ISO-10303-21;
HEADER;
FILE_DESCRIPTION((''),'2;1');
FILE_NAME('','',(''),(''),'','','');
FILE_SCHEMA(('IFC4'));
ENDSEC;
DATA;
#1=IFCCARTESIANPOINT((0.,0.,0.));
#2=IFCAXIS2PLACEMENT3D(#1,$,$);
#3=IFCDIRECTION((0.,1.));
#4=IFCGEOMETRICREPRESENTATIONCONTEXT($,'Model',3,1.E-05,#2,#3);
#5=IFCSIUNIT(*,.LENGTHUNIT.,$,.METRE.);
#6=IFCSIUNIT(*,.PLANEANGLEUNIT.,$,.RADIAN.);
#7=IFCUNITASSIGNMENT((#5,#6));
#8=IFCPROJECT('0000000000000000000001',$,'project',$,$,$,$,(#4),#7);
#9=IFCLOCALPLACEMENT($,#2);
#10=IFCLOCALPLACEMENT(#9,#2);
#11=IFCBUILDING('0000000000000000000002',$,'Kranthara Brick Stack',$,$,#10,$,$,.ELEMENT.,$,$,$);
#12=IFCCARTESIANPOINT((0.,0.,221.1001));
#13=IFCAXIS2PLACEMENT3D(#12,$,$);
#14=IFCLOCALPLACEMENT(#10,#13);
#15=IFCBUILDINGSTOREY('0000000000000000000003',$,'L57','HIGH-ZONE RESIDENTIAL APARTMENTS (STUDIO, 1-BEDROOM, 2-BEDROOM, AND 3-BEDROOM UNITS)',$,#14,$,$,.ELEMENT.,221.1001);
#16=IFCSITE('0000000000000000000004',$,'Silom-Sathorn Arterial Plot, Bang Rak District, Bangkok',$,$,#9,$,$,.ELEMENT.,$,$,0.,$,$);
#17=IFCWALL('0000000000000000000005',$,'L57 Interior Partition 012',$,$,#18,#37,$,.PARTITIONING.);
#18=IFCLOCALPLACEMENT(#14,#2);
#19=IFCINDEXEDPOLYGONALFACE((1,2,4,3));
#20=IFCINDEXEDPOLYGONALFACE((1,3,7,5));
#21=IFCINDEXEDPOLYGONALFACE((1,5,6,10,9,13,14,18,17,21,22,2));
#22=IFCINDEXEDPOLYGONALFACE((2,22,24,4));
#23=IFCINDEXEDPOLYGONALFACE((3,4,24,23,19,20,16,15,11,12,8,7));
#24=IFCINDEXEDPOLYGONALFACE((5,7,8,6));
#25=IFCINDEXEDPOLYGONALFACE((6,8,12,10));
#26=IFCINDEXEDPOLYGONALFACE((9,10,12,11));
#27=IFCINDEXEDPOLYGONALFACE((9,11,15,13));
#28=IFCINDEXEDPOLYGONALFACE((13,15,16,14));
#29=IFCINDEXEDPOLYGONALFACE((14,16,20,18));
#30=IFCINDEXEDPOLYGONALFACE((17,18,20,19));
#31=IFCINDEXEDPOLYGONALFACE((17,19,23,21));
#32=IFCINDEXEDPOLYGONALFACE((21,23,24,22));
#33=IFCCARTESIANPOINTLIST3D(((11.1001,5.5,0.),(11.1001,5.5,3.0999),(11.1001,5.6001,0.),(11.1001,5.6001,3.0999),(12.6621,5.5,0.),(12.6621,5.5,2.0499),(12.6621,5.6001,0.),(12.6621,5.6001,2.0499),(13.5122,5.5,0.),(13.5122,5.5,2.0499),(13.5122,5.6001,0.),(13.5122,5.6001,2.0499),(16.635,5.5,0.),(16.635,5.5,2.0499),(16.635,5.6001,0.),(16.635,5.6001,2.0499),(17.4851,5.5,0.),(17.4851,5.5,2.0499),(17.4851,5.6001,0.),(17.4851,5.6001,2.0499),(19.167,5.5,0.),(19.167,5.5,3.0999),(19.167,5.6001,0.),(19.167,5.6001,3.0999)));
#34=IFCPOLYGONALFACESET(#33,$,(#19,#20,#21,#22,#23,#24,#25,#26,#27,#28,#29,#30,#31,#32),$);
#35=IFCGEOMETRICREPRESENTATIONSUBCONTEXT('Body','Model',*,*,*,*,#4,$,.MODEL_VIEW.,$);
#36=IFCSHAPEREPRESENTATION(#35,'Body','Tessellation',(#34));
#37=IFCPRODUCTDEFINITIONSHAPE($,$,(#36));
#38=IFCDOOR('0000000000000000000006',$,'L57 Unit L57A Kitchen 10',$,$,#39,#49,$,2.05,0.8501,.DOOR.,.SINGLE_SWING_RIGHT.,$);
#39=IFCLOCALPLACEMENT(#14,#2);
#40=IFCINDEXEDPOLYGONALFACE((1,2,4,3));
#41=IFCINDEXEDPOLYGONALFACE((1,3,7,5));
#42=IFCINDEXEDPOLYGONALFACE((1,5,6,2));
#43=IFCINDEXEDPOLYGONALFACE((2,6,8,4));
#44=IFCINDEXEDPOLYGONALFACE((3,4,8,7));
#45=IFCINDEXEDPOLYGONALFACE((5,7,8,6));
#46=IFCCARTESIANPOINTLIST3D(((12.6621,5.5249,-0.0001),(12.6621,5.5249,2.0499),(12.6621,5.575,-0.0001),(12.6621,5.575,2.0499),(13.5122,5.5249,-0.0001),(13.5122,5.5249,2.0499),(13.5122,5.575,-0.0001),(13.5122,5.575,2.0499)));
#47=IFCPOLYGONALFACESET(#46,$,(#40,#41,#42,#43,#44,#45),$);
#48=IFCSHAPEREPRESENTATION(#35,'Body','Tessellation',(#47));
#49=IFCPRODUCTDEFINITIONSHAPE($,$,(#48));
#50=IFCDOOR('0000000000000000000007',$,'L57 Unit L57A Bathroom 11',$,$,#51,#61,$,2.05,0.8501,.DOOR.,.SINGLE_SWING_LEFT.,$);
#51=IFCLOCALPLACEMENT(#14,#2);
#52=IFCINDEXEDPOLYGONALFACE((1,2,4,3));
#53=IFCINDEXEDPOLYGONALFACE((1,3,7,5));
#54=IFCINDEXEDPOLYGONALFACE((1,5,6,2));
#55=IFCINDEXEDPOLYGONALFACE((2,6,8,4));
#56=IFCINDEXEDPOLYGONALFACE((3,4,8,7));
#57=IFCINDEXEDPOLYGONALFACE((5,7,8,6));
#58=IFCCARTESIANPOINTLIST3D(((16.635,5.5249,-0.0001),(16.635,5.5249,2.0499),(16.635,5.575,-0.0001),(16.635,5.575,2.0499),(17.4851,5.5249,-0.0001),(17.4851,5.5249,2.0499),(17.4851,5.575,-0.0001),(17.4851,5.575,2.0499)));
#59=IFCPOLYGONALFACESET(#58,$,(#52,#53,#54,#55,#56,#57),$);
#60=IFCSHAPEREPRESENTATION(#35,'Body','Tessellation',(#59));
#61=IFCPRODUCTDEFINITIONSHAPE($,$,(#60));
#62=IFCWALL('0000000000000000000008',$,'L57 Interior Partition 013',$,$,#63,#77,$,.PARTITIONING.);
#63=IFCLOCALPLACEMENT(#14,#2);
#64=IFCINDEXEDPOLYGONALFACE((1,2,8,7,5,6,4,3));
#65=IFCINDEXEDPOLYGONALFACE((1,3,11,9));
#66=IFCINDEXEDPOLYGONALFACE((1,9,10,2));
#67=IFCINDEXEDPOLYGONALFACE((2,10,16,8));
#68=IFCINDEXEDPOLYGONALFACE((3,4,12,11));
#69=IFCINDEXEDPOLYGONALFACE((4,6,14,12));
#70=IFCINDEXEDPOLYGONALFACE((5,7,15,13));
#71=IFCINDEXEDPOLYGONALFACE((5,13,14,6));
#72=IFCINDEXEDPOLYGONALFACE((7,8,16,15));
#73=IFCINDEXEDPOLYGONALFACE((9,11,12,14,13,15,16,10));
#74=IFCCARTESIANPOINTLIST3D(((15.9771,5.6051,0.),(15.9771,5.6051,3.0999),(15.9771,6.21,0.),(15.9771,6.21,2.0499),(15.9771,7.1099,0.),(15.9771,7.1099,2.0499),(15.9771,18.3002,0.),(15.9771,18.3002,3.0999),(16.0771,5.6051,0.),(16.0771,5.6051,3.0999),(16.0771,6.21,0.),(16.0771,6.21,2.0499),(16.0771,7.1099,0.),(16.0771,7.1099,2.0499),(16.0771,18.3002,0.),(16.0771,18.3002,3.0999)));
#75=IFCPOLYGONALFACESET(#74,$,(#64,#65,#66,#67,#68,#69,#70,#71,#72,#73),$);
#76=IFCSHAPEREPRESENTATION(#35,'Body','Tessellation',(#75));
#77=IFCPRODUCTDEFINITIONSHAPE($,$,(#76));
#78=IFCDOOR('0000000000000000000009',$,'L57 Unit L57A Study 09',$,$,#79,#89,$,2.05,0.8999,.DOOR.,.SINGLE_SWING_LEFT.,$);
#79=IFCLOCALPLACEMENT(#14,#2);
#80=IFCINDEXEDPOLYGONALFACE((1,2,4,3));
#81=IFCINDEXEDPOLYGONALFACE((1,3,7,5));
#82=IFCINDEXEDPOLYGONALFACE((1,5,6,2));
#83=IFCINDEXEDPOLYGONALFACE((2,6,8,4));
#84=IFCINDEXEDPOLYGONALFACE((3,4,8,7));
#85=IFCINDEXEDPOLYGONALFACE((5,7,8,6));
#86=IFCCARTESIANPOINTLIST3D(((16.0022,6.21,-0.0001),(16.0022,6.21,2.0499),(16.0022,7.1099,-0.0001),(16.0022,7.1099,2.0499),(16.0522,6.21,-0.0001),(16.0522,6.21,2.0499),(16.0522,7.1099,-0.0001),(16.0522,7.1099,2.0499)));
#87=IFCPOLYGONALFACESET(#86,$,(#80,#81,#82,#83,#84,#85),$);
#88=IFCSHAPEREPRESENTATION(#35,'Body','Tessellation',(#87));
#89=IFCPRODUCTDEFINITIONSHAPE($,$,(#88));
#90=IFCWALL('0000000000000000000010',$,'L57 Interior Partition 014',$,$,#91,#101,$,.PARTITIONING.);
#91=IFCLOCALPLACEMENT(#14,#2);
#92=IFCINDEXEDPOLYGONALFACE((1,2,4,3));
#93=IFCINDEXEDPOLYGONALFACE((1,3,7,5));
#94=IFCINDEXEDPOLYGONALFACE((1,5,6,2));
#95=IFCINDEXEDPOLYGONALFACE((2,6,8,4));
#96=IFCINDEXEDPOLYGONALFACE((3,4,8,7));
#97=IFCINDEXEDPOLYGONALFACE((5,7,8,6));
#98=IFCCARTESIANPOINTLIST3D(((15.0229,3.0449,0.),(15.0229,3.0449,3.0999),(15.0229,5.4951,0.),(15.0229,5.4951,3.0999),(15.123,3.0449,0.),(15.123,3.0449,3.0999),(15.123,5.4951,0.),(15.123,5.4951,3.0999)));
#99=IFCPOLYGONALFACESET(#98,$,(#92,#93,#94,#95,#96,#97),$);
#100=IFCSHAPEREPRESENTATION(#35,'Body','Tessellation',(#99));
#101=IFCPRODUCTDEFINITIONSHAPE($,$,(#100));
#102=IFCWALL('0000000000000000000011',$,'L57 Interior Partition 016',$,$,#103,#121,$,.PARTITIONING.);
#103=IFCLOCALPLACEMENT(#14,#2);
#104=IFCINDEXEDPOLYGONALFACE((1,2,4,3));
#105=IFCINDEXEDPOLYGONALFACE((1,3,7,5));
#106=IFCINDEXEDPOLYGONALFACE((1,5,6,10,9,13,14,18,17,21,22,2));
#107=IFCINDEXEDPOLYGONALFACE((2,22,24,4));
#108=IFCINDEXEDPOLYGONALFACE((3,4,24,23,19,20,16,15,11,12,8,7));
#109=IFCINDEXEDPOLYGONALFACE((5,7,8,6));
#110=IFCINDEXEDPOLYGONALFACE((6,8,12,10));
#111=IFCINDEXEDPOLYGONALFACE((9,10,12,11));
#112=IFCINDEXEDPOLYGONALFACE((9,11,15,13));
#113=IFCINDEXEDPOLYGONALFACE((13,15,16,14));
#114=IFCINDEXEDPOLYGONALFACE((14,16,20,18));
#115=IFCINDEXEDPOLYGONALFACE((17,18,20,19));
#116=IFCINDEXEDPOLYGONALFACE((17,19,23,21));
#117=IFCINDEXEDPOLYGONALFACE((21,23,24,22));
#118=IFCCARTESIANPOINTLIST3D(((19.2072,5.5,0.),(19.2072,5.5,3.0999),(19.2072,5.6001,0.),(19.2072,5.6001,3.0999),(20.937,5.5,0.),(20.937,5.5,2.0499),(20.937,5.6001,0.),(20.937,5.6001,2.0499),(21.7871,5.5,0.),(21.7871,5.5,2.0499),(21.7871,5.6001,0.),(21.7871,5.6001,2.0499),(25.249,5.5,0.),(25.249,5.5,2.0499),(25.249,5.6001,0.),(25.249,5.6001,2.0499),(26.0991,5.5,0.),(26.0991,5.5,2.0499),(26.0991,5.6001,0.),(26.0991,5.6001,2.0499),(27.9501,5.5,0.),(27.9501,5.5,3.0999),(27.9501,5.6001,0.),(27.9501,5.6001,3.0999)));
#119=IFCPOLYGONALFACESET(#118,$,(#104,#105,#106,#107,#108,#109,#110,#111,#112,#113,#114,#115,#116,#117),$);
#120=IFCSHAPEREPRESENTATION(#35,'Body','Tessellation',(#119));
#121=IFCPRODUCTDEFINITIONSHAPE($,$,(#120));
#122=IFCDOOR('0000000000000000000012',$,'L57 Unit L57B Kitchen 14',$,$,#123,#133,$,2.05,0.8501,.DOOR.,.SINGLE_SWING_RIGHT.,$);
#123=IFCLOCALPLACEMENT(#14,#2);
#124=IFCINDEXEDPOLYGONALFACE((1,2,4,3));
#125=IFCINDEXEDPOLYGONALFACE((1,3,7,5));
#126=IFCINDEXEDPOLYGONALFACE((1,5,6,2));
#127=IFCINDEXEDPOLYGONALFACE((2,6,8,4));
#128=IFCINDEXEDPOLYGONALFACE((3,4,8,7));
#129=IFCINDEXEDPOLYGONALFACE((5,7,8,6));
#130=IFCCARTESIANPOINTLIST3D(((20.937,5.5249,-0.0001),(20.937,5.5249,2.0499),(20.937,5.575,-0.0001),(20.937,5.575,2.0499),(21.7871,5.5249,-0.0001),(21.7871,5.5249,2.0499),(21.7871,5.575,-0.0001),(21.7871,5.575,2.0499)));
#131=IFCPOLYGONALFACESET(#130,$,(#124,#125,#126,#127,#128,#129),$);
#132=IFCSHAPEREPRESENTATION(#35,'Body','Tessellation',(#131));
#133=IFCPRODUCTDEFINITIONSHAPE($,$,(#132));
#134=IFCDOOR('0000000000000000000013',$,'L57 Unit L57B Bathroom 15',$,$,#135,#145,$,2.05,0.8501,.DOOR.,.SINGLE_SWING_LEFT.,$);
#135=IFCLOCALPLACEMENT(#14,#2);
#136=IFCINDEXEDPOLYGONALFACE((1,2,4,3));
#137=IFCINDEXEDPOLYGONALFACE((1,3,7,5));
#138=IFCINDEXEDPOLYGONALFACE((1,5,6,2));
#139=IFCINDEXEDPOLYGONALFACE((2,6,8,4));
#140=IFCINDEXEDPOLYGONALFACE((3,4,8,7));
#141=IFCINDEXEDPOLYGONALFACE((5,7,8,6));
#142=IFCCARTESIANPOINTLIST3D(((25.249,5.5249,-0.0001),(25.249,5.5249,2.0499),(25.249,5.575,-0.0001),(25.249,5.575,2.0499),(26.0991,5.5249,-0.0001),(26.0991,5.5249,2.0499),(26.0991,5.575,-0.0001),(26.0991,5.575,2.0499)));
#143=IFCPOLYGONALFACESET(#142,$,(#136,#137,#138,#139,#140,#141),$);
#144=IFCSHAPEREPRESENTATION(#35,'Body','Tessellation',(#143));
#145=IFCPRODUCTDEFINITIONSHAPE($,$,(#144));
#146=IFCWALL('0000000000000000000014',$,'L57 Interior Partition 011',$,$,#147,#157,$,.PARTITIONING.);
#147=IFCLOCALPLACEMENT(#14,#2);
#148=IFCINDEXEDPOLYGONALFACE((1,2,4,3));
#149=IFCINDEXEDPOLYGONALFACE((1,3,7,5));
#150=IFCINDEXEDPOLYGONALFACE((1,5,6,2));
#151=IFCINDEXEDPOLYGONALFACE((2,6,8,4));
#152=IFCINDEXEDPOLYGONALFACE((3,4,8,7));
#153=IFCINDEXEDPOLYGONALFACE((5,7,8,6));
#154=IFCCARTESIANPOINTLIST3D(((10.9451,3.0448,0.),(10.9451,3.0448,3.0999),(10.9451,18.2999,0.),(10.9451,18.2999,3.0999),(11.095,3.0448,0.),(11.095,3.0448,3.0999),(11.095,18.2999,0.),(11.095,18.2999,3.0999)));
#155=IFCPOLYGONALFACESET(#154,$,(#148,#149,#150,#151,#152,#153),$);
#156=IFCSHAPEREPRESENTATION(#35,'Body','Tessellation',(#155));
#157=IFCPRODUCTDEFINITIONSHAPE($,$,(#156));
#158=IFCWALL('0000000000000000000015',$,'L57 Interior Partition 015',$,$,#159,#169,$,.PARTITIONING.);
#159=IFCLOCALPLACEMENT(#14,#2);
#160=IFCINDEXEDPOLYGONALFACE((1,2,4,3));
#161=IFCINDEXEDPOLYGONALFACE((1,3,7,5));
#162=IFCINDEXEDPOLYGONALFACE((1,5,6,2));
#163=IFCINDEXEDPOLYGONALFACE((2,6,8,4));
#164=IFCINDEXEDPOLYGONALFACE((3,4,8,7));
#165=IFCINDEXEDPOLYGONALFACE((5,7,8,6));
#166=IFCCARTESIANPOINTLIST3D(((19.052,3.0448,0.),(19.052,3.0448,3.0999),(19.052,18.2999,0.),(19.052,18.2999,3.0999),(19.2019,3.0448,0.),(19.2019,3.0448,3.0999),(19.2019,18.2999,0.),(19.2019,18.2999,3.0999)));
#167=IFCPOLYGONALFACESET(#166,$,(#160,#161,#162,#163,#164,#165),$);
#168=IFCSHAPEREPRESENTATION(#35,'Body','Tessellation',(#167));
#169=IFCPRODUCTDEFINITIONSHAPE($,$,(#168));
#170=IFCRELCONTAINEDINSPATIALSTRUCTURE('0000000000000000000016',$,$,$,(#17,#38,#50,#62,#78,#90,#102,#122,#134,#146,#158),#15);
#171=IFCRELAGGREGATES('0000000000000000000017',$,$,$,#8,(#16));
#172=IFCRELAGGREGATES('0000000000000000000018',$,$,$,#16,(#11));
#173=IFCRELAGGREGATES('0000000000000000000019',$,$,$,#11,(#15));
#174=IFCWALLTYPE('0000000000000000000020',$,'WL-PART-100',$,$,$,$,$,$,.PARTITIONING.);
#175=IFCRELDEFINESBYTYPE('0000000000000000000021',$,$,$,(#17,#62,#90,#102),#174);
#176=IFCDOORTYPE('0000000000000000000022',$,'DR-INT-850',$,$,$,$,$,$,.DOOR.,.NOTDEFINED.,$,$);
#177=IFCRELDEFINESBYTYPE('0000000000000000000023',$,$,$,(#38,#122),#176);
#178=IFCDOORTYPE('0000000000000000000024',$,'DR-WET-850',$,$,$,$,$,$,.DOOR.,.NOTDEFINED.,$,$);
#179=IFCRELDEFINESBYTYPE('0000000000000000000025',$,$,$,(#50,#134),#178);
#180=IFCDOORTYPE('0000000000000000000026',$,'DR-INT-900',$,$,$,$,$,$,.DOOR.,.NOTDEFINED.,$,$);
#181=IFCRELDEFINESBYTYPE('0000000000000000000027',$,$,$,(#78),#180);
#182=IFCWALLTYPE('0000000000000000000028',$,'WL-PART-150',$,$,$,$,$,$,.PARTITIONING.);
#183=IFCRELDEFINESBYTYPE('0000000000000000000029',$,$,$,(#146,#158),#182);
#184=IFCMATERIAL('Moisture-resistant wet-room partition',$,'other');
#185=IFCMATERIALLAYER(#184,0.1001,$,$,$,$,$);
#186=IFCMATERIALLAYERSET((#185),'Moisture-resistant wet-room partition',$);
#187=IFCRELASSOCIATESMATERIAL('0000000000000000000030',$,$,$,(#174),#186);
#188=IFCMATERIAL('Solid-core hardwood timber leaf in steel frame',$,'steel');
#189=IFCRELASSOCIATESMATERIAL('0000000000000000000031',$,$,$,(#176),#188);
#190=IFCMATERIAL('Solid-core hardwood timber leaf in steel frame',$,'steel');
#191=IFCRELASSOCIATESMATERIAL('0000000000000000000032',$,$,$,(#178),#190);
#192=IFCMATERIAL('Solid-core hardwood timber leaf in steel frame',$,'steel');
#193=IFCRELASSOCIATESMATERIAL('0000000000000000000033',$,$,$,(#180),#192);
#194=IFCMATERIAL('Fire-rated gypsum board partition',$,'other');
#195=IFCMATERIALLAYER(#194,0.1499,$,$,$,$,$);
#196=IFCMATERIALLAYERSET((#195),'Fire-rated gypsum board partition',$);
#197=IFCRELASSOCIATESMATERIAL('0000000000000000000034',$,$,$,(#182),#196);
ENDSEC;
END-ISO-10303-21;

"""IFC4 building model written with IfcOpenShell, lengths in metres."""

from ifc_helpers import new_model, si_unit, direction, frame, frame_2d, origin, place, context, subcontext, project, spatial, rectangle, extrude, material, layer, layer_set, type_object, element, fill, save


model = new_model("IFC4")

# Units and contexts
model_context = context("Model", 3, precision=1e-05, world=origin(), true_north=direction((0.0, 1.0)))
body_context = subcontext(model_context, "Body", "Model", "MODEL_VIEW")
ifc_project = project(units=[si_unit("LENGTHUNIT", "METRE"), si_unit("PLANEANGLEUNIT", "RADIAN")], contexts=[model_context])

# Site, building, storey
site_placement = place(None, origin())
site = spatial("IfcSite", under=ifc_project, at=site_placement, Name="Silom-Sathorn Arterial Plot, Bang Rak District, Bangkok", CompositionType="ELEMENT", RefElevation=0.0)
building_placement = place(site_placement, origin())
building = spatial("IfcBuilding", under=site, at=building_placement, Name="Kranthara Brick Stack", CompositionType="ELEMENT")
storey_placement = place(building_placement, frame((0.0, 0.0, 221.1001)))
storey = spatial("IfcBuildingStorey", under=building, at=storey_placement, Name="L57", Description="HIGH-ZONE RESIDENTIAL APARTMENTS (STUDIO, 1-BEDROOM, 2-BEDROOM, AND 3-BEDROOM UNITS)", CompositionType="ELEMENT", Elevation=221.1001)

# Wall, openings, doors
ifc_material_1 = material(Name="Moisture-resistant wet-room partition", Category="other")
ifc_layer_1 = layer(ifc_material_1, 0.1001)
ifc_layer_set_1 = layer_set([ifc_layer_1], Name="Moisture-resistant wet-room partition")
wall_type_1 = type_object("IfcWallType", Name="WL-PART-100", PredefinedType="PARTITIONING", material=ifc_layer_set_1)
wall_1_placement = place(storey_placement, frame((11.1001, 5.55, 0.0), z_axis=(0.0, 0.0, 1.0), x_axis=(1.0, 0.0, 0.0)))
wall_1 = element("IfcWall", 1, at=wall_1_placement, inside=storey, type_object=wall_type_1, Name="L57 Interior Partition 012", PredefinedType="PARTITIONING", context=body_context, shape_type="SweptSolid", body=[
    extrude(rectangle(XDim=8.0669, YDim=0.1001, at=frame_2d((4.0334, 0.0))), origin(), (0.0, 0.0, 1.0), 3.0999),
])
opening_1_placement = place(wall_1_placement, frame((1.562, 0.0, 0.0)))
opening_1 = element("IfcOpeningElement", 2, at=opening_1_placement, cuts=wall_1, PredefinedType="OPENING", context=body_context, shape_type="SweptSolid", body=[
    extrude(rectangle(XDim=0.8501, YDim=2.05, at=frame_2d((0.425, 1.0249))), frame((0.0, 0.0601, 0.0), z_axis=(0.0, -1.0, 0.0), x_axis=(1.0, 0.0, 0.0)), (0.0, 0.0, 1.0), 0.1201),
])
opening_2_placement = place(wall_1_placement, frame((5.5349, 0.0, 0.0)))
opening_2 = element("IfcOpeningElement", 3, at=opening_2_placement, cuts=wall_1, PredefinedType="OPENING", context=body_context, shape_type="SweptSolid", body=[
    extrude(rectangle(XDim=0.8501, YDim=2.05, at=frame_2d((0.425, 1.0249))), frame((0.0, 0.0601, 0.0), z_axis=(0.0, -1.0, 0.0), x_axis=(1.0, 0.0, 0.0)), (0.0, 0.0, 1.0), 0.1201),
])
ifc_material_2 = material(Name="Solid-core hardwood timber leaf in steel frame", Category="steel")
door_type_1 = type_object("IfcDoorType", Name="DR-INT-850", OperationType="NOTDEFINED", PredefinedType="DOOR", material=ifc_material_2)
door_1_placement = place(opening_1_placement, origin())
door_1 = element("IfcDoor", 4, at=door_1_placement, inside=storey, type_object=door_type_1, Name="L57 Unit L57A Kitchen 10", OperationType="SINGLE_SWING_RIGHT", OverallHeight=2.05, OverallWidth=0.8501, PredefinedType="DOOR", context=body_context, shape_type="SweptSolid", body=[
    extrude(rectangle(XDim=0.8501, YDim=2.05, at=frame_2d((0.425, 1.0249))), frame((0.0, 0.0249, 0.0), z_axis=(0.0, -1.0, 0.0), x_axis=(1.0, 0.0, 0.0)), (0.0, 0.0, 1.0), 0.05),
])
fill(opening_1, door_1)
ifc_material_3 = material(Name="Solid-core hardwood timber leaf in steel frame", Category="steel")
door_type_2 = type_object("IfcDoorType", Name="DR-WET-850", OperationType="NOTDEFINED", PredefinedType="DOOR", material=ifc_material_3)
door_2_placement = place(opening_2_placement, origin())
door_2 = element("IfcDoor", 5, at=door_2_placement, inside=storey, type_object=door_type_2, Name="L57 Unit L57A Bathroom 11", OperationType="SINGLE_SWING_LEFT", OverallHeight=2.05, OverallWidth=0.8501, PredefinedType="DOOR", context=body_context, shape_type="SweptSolid", body=[
    extrude(rectangle(XDim=0.8501, YDim=2.05, at=frame_2d((0.425, 1.0249))), frame((0.0, 0.0249, 0.0), z_axis=(0.0, -1.0, 0.0), x_axis=(1.0, 0.0, 0.0)), (0.0, 0.0, 1.0), 0.05),
])
fill(opening_2, door_2)

# Wall, opening, door
wall_2_placement = place(storey_placement, frame((16.0271, 5.605, 0.0), z_axis=(0.0, 0.0, 1.0), x_axis=(0.0, 1.0, 0.0)))
wall_2 = element("IfcWall", 6, at=wall_2_placement, inside=storey, type_object=wall_type_1, Name="L57 Interior Partition 013", PredefinedType="PARTITIONING", context=body_context, shape_type="SweptSolid", body=[
    extrude(rectangle(XDim=12.6951, YDim=0.1001, at=frame_2d((6.3477, 0.0))), origin(), (0.0, 0.0, 1.0), 3.0999),
])
opening_3_placement = place(wall_2_placement, frame((0.605, 0.0, 0.0)))
opening_3 = element("IfcOpeningElement", 7, at=opening_3_placement, cuts=wall_2, PredefinedType="OPENING", context=body_context, shape_type="SweptSolid", body=[
    extrude(rectangle(XDim=0.8999, YDim=2.05, at=frame_2d((0.45, 1.0249))), frame((0.0, 0.0601, 0.0), z_axis=(0.0, -1.0, 0.0), x_axis=(1.0, 0.0, 0.0)), (0.0, 0.0, 1.0), 0.1201),
])
ifc_material_4 = material(Name="Solid-core hardwood timber leaf in steel frame", Category="steel")
door_type_3 = type_object("IfcDoorType", Name="DR-INT-900", OperationType="NOTDEFINED", PredefinedType="DOOR", material=ifc_material_4)
door_3_placement = place(opening_3_placement, origin())
door_3 = element("IfcDoor", 8, at=door_3_placement, inside=storey, type_object=door_type_3, Name="L57 Unit L57A Study 09", OperationType="SINGLE_SWING_LEFT", OverallHeight=2.05, OverallWidth=0.8999, PredefinedType="DOOR", context=body_context, shape_type="SweptSolid", body=[
    extrude(rectangle(XDim=0.8999, YDim=2.05, at=frame_2d((0.45, 1.0249))), frame((0.0, 0.0249, 0.0), z_axis=(0.0, -1.0, 0.0), x_axis=(1.0, 0.0, 0.0)), (0.0, 0.0, 1.0), 0.05),
])
fill(opening_3, door_3)

# Wall
wall_3_placement = place(storey_placement, frame((15.073, 3.0449, 0.0), z_axis=(0.0, 0.0, 1.0), x_axis=(0.0, 1.0, 0.0)))
element("IfcWall", 9, at=wall_3_placement, inside=storey, type_object=wall_type_1, Name="L57 Interior Partition 014", PredefinedType="PARTITIONING", context=body_context, shape_type="SweptSolid", body=[
    extrude(rectangle(XDim=2.4502, YDim=0.1001, at=frame_2d((1.2251, 0.0))), origin(), (0.0, 0.0, 1.0), 3.0999),
])

# Wall, openings, doors
wall_4_placement = place(storey_placement, frame((19.207, 5.55, 0.0), z_axis=(0.0, 0.0, 1.0), x_axis=(1.0, 0.0, 0.0)))
wall_4 = element("IfcWall", 10, at=wall_4_placement, inside=storey, type_object=wall_type_1, Name="L57 Interior Partition 016", PredefinedType="PARTITIONING", context=body_context, shape_type="SweptSolid", body=[
    extrude(rectangle(XDim=8.7429, YDim=0.1001, at=frame_2d((4.3716, 0.0))), origin(), (0.0, 0.0, 1.0), 3.0999),
])
opening_4_placement = place(wall_4_placement, frame((1.73, 0.0, 0.0)))
opening_4 = element("IfcOpeningElement", 11, at=opening_4_placement, cuts=wall_4, PredefinedType="OPENING", context=body_context, shape_type="SweptSolid", body=[
    extrude(rectangle(XDim=0.8501, YDim=2.05, at=frame_2d((0.425, 1.0249))), frame((0.0, 0.0601, 0.0), z_axis=(0.0, -1.0, 0.0), x_axis=(1.0, 0.0, 0.0)), (0.0, 0.0, 1.0), 0.1201),
])
opening_5_placement = place(wall_4_placement, frame((6.042, 0.0, 0.0)))
opening_5 = element("IfcOpeningElement", 12, at=opening_5_placement, cuts=wall_4, PredefinedType="OPENING", context=body_context, shape_type="SweptSolid", body=[
    extrude(rectangle(XDim=0.8501, YDim=2.05, at=frame_2d((0.425, 1.0249))), frame((0.0, 0.0601, 0.0), z_axis=(0.0, -1.0, 0.0), x_axis=(1.0, 0.0, 0.0)), (0.0, 0.0, 1.0), 0.1201),
])
door_4_placement = place(opening_4_placement, origin())
door_4 = element("IfcDoor", 13, at=door_4_placement, inside=storey, type_object=door_type_1, Name="L57 Unit L57B Kitchen 14", OperationType="SINGLE_SWING_RIGHT", OverallHeight=2.05, OverallWidth=0.8501, PredefinedType="DOOR", context=body_context, shape_type="SweptSolid", body=[
    extrude(rectangle(XDim=0.8501, YDim=2.05, at=frame_2d((0.425, 1.0249))), frame((0.0, 0.0249, 0.0), z_axis=(0.0, -1.0, 0.0), x_axis=(1.0, 0.0, 0.0)), (0.0, 0.0, 1.0), 0.05),
])
fill(opening_4, door_4)
door_5_placement = place(opening_5_placement, origin())
door_5 = element("IfcDoor", 14, at=door_5_placement, inside=storey, type_object=door_type_2, Name="L57 Unit L57B Bathroom 15", OperationType="SINGLE_SWING_LEFT", OverallHeight=2.05, OverallWidth=0.8501, PredefinedType="DOOR", context=body_context, shape_type="SweptSolid", body=[
    extrude(rectangle(XDim=0.8501, YDim=2.05, at=frame_2d((0.425, 1.0249))), frame((0.0, 0.0249, 0.0), z_axis=(0.0, -1.0, 0.0), x_axis=(1.0, 0.0, 0.0)), (0.0, 0.0, 1.0), 0.05),
])
fill(opening_5, door_5)

# Walls
ifc_material_5 = material(Name="Fire-rated gypsum board partition", Category="other")
ifc_layer_2 = layer(ifc_material_5, 0.1499)
ifc_layer_set_2 = layer_set([ifc_layer_2], Name="Fire-rated gypsum board partition")
wall_type_2 = type_object("IfcWallType", Name="WL-PART-150", PredefinedType="PARTITIONING", material=ifc_layer_set_2)
for number, where, z_axis, x_axis, name in (
    (15, (11.02, 3.0449, 0.0), (0.0, 0.0, 1.0), (0.0, 1.0, 0.0), "L57 Interior Partition 011"),
    (16, (19.127, 3.0449, 0.0), (0.0, 0.0, 1.0), (0.0, 1.0, 0.0), "L57 Interior Partition 015"),
):
    element("IfcWall", number, at=place(storey_placement, frame(where, z_axis=z_axis, x_axis=x_axis)), inside=storey, type_object=wall_type_2, Name=name, PredefinedType="PARTITIONING", context=body_context, shape_type="SweptSolid", body=[
        extrude(rectangle(XDim=15.2551, YDim=0.1499, at=frame_2d((7.6274, 0.0))), origin(), (0.0, 0.0, 1.0), 3.0999),
    ])

save(model, "model.ifc")
